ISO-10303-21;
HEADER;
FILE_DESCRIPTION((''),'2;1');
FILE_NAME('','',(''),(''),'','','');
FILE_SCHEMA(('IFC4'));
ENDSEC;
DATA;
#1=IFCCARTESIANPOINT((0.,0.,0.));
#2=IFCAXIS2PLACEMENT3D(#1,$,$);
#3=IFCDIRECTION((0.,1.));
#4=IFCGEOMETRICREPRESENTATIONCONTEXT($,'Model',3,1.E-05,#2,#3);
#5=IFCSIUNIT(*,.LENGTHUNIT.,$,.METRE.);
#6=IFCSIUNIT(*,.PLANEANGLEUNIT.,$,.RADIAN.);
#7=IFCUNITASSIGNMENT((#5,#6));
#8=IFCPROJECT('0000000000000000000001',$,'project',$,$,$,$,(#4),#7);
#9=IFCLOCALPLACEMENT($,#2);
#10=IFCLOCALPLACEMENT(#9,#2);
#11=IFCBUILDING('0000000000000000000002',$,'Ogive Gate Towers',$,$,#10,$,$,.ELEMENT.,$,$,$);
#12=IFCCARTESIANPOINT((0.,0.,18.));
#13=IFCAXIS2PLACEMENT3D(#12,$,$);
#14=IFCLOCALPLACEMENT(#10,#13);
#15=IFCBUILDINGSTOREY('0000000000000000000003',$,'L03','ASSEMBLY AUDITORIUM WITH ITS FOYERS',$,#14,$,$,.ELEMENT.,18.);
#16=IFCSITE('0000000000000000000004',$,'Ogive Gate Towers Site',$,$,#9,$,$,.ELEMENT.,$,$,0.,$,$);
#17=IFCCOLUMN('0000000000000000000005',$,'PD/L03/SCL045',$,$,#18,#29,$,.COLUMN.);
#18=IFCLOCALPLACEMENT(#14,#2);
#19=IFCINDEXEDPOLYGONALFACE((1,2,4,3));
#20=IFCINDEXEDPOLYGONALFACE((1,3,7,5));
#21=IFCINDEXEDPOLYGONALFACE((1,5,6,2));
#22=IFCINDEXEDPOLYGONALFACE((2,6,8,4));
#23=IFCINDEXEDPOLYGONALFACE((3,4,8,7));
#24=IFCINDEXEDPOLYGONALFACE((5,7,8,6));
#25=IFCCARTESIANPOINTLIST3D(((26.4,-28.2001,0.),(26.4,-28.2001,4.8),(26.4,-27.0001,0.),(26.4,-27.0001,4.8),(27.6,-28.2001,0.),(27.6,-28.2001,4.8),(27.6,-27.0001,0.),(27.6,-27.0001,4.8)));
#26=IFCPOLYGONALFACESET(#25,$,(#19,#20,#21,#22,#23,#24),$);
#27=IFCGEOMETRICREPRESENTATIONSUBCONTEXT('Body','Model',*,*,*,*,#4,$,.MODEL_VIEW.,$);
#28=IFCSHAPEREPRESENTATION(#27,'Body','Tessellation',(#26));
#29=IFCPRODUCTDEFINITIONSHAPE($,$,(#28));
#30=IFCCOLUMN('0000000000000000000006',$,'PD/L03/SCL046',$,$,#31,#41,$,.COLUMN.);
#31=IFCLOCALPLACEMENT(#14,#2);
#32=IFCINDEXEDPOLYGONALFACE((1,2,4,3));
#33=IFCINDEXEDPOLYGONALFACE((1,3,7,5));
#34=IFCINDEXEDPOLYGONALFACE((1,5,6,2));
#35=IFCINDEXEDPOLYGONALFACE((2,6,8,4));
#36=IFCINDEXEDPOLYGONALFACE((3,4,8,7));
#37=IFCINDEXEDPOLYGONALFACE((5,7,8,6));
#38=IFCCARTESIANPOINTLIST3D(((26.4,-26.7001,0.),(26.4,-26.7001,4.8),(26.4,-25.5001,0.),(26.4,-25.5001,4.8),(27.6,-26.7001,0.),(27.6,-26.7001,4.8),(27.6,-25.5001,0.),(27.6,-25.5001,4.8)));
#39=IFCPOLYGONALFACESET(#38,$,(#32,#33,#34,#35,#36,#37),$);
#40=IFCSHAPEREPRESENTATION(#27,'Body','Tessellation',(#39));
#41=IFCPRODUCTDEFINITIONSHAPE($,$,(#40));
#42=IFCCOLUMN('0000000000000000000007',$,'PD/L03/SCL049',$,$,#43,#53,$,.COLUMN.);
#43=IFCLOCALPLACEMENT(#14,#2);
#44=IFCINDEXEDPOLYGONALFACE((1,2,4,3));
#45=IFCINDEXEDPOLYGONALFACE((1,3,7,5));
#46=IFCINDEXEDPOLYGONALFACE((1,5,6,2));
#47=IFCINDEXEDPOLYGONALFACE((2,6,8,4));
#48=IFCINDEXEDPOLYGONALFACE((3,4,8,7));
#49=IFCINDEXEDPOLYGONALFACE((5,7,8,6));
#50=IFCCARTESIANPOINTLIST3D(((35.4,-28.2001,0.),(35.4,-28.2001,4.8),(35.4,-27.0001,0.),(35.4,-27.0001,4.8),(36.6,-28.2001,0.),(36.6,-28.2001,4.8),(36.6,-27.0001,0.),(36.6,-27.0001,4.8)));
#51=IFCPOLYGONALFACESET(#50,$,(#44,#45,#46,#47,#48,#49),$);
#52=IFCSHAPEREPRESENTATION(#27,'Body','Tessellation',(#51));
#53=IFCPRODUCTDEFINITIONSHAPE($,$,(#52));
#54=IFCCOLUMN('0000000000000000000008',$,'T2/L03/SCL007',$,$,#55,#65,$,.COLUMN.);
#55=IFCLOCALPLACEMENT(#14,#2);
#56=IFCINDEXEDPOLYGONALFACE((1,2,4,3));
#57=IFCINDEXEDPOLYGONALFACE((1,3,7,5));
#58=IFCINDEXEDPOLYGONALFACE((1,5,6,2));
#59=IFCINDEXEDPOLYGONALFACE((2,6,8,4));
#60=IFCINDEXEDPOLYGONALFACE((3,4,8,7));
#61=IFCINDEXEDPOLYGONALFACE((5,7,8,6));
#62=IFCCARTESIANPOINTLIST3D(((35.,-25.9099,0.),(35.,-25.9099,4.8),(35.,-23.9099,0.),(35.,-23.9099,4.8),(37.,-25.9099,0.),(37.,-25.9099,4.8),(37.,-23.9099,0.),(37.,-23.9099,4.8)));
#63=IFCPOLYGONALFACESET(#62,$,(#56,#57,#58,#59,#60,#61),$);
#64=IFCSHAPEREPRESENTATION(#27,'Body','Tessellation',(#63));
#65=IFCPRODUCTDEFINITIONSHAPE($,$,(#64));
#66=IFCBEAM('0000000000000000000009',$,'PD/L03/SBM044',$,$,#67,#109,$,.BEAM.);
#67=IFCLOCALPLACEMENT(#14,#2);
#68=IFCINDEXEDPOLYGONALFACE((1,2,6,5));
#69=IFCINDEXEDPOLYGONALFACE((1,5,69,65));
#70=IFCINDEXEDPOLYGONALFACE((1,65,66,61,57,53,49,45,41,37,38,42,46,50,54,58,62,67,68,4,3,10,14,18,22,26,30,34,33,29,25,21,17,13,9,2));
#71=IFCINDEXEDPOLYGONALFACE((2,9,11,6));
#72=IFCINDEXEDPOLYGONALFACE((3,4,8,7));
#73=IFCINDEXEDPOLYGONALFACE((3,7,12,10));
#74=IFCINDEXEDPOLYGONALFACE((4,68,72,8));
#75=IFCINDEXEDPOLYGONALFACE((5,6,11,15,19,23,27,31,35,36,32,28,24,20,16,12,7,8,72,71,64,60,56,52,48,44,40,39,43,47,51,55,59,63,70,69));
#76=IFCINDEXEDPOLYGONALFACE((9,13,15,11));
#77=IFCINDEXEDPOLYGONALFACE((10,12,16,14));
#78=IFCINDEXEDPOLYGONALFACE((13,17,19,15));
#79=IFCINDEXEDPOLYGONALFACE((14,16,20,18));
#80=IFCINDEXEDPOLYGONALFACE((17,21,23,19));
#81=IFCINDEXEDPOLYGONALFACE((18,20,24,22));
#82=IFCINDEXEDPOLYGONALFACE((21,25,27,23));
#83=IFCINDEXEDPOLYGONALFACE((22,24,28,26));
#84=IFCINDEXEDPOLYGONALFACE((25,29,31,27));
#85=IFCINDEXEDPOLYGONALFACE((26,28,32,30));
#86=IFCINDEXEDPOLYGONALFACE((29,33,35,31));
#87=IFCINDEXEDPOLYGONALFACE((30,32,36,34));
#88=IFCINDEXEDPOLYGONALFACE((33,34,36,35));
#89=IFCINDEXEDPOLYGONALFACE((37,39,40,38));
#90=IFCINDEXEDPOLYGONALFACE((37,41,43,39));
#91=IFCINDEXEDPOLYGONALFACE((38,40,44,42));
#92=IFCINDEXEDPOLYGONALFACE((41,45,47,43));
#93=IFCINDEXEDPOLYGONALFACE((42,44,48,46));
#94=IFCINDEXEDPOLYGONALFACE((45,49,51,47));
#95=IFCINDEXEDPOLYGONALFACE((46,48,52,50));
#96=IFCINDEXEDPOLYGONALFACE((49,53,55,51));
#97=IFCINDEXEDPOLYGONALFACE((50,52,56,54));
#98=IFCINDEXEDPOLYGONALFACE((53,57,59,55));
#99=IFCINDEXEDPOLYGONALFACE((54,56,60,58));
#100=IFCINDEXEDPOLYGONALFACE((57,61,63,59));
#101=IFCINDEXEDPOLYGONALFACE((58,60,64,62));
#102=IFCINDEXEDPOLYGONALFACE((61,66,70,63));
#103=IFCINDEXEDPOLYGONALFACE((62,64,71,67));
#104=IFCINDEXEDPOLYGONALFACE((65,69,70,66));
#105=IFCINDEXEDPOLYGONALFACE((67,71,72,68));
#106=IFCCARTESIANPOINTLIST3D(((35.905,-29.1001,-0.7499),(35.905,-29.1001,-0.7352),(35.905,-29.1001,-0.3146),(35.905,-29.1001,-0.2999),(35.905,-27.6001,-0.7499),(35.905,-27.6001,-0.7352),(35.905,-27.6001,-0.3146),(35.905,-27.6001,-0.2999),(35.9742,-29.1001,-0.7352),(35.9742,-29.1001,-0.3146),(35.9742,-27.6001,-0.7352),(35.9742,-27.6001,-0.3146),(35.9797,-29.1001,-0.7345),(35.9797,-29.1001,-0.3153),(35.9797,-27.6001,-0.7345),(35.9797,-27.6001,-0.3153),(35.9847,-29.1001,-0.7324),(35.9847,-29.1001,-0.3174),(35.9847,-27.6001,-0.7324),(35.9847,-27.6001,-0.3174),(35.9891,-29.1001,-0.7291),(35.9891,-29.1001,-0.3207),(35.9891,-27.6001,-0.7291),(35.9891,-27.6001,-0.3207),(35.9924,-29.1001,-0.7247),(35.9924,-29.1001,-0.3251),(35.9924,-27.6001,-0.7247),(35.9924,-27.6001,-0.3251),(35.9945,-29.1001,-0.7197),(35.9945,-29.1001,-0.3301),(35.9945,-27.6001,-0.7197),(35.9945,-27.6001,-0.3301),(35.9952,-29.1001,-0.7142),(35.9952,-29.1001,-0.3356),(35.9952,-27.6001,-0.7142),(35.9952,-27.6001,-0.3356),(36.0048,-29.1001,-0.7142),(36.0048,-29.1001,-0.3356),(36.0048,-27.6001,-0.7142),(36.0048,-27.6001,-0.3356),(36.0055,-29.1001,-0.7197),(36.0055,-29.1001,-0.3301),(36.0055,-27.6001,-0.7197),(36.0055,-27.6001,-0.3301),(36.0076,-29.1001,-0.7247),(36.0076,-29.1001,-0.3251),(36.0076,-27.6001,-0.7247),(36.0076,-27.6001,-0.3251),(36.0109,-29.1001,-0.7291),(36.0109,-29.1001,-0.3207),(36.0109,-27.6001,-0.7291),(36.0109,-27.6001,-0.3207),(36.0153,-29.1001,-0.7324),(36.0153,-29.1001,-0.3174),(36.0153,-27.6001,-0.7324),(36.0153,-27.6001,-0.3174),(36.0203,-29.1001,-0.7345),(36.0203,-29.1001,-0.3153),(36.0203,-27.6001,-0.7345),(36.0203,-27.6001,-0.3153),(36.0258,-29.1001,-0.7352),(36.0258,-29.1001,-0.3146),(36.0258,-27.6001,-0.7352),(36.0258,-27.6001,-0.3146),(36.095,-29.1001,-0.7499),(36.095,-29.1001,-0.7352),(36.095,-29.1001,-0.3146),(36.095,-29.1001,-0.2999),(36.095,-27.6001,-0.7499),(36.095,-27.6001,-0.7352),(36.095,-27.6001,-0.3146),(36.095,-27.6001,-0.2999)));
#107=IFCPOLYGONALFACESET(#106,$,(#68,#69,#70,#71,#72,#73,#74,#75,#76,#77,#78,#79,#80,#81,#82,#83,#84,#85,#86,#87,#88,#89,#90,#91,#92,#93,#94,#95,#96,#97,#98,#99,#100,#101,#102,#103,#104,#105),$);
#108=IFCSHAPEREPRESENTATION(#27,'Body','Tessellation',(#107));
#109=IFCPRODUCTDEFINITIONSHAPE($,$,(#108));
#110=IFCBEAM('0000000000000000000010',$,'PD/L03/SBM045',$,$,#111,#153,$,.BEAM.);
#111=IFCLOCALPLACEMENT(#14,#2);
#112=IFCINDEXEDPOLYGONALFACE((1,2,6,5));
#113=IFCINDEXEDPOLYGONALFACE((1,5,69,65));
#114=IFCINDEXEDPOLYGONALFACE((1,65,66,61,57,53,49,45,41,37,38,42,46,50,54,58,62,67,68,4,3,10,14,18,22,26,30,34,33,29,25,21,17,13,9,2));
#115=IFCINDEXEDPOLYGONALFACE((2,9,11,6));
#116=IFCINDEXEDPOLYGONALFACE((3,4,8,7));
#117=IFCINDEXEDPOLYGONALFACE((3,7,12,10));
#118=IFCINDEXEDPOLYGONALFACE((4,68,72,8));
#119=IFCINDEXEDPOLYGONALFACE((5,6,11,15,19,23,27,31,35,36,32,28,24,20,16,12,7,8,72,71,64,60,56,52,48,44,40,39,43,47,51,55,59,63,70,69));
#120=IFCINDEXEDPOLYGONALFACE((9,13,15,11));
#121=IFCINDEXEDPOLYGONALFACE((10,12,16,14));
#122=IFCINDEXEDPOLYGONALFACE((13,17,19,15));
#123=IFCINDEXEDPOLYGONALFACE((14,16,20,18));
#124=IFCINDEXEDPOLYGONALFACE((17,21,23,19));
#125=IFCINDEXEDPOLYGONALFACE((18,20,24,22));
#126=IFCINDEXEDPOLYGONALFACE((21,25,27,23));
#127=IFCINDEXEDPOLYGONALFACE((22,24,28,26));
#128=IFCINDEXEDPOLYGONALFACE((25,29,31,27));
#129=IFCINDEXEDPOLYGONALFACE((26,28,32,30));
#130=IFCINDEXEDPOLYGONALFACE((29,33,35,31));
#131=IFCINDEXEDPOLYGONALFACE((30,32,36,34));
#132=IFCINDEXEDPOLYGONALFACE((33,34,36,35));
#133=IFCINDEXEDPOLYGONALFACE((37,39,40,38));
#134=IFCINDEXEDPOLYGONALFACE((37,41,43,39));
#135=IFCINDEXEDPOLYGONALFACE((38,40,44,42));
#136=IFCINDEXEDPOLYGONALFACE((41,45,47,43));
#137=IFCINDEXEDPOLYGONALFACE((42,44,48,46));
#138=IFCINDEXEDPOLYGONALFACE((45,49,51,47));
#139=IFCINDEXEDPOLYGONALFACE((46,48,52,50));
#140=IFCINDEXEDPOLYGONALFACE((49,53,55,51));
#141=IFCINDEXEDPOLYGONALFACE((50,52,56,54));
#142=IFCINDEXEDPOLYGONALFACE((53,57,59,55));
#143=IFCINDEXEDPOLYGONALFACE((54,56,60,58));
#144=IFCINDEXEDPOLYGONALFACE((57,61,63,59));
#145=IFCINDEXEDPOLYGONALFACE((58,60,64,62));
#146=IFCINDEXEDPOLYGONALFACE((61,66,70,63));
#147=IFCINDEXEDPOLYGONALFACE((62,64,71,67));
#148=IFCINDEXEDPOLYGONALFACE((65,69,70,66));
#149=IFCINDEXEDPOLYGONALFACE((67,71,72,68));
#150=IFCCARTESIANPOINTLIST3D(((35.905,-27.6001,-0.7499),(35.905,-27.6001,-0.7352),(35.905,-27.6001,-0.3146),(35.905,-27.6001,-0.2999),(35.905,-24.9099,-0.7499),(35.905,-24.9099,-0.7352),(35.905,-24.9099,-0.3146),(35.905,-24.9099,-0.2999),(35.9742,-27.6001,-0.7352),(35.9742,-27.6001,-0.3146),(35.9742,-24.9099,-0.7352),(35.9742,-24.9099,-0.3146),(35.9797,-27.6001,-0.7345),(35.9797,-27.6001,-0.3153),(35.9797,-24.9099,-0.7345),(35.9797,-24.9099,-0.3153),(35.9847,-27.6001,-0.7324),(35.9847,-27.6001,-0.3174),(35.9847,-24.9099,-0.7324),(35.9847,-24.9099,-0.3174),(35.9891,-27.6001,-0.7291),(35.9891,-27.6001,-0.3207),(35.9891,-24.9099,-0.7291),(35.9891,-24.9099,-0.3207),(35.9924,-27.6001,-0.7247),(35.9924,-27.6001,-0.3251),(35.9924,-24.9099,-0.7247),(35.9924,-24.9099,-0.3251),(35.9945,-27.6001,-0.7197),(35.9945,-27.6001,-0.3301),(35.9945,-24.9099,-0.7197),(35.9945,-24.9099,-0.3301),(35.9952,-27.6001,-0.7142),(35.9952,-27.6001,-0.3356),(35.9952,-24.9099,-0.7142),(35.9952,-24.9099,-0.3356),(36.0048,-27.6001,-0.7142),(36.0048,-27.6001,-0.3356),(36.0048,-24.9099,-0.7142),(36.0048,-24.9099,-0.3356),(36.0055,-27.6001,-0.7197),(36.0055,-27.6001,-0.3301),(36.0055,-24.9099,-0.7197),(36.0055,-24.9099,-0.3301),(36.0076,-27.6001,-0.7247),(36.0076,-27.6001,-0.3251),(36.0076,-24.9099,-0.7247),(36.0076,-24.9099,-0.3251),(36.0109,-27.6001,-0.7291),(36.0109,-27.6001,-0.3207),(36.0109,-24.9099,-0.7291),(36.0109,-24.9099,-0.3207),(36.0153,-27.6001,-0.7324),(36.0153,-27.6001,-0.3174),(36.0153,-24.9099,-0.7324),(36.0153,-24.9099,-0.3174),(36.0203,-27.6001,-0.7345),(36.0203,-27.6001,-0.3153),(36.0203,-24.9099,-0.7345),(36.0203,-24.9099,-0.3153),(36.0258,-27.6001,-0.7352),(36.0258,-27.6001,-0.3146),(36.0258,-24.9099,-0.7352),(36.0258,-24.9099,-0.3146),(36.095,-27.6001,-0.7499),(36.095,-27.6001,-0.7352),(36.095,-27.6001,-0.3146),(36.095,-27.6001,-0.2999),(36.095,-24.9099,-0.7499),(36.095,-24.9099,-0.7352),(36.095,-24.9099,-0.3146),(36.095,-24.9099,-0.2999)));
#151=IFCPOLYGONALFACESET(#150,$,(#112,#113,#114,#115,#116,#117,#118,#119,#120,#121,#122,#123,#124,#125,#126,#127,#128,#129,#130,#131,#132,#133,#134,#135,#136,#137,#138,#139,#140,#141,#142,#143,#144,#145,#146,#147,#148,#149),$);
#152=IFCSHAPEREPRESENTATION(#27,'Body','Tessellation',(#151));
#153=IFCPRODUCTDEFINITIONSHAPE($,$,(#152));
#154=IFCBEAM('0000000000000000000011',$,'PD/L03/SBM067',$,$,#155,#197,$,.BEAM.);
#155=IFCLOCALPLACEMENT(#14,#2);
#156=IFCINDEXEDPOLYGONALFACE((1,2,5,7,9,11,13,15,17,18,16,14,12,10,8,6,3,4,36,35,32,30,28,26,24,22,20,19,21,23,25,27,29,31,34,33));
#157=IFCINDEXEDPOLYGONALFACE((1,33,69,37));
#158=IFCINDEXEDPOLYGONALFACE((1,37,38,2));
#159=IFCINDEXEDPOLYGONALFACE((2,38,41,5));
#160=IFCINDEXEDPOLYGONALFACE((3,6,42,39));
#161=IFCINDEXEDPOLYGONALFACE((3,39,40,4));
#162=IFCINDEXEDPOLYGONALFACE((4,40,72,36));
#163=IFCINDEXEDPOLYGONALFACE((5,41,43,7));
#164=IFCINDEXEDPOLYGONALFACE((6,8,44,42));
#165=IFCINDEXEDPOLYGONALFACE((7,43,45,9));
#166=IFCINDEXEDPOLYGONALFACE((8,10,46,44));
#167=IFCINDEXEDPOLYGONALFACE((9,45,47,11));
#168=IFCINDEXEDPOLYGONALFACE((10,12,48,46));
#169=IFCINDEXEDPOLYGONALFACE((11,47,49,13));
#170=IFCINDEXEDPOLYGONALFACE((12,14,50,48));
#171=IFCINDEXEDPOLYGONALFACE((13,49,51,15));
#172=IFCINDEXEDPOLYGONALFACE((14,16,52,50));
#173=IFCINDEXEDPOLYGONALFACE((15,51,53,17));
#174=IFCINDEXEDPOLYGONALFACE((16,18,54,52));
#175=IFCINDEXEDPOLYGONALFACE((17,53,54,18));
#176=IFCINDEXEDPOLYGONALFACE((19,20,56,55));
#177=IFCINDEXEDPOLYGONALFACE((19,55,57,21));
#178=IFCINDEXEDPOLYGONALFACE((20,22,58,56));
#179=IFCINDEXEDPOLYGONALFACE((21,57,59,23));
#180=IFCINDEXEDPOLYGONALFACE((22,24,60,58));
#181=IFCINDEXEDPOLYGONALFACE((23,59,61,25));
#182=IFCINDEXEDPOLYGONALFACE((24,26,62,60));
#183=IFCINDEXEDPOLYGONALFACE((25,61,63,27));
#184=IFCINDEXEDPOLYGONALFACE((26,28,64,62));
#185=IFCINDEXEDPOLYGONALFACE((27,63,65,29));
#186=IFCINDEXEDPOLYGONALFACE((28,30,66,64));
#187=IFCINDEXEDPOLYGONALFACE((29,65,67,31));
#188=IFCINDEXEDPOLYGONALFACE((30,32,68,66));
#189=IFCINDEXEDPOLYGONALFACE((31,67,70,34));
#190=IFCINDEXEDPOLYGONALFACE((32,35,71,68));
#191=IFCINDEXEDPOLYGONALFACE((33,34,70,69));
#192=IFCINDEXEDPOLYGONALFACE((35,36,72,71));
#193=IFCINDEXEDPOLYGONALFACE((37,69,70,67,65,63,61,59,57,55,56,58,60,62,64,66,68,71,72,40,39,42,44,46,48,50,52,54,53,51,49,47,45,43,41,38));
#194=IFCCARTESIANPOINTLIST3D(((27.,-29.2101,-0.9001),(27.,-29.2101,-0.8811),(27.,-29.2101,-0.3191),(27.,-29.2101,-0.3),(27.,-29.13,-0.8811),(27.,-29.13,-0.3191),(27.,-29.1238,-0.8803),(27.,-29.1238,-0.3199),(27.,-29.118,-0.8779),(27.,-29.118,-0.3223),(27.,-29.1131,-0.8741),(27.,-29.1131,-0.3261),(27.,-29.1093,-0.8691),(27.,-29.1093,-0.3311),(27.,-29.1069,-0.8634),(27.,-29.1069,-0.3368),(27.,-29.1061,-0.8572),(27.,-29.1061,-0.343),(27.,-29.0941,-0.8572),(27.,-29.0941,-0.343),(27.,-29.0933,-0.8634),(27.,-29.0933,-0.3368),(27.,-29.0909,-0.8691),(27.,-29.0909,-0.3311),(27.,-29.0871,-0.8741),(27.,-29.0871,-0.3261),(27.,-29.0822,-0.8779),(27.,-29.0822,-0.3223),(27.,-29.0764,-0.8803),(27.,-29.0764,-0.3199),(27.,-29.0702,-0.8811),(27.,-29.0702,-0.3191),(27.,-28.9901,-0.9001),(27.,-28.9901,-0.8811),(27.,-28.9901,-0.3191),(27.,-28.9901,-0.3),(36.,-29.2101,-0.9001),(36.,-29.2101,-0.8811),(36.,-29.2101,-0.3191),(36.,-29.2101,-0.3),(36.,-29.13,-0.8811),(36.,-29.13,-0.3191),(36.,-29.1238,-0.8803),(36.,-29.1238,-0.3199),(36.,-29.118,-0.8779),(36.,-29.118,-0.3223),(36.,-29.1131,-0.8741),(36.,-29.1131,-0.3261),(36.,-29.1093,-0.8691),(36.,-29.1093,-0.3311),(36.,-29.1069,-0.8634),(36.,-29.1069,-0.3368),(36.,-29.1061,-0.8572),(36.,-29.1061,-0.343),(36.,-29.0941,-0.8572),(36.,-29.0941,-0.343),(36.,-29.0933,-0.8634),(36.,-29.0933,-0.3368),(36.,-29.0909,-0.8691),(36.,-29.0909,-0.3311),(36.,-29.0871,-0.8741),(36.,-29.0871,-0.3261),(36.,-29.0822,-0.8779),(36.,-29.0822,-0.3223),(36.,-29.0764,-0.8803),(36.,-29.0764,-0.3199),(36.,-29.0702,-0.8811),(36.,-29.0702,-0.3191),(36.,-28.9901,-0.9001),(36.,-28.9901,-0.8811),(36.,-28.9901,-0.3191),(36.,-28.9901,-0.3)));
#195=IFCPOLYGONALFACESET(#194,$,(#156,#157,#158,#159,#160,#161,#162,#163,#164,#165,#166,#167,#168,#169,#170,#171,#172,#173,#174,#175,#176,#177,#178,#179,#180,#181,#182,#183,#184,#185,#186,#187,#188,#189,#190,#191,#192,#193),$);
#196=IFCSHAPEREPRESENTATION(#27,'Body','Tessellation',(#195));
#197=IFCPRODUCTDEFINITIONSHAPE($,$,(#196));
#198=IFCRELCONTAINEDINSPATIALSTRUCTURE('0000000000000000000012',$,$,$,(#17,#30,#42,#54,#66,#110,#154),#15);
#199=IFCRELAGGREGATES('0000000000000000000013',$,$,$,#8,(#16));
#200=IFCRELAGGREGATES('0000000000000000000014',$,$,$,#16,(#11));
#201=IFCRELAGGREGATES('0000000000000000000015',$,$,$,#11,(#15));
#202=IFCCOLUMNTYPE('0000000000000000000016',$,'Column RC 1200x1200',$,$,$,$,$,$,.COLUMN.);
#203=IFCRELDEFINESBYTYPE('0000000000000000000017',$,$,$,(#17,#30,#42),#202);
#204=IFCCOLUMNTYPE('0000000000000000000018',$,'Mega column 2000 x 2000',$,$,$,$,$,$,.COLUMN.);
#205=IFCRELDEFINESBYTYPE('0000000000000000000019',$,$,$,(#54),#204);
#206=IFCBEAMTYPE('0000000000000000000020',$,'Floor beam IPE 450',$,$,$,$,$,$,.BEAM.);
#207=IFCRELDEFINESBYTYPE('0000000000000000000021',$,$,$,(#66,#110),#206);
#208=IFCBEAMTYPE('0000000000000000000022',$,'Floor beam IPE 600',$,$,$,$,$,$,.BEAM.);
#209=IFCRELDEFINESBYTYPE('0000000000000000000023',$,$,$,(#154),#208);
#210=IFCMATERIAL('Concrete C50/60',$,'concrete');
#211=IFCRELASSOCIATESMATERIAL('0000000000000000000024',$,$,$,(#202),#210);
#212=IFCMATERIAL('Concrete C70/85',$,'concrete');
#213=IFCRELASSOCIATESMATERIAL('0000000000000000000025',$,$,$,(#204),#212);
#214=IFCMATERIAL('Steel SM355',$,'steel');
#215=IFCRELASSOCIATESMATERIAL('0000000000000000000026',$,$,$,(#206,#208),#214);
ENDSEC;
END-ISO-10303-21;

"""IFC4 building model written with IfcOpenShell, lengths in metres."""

from ifc_helpers import new_model, si_unit, direction, frame, origin, origin_2d, place, context, subcontext, project, spatial, rectangle, i_section, extrude, material, material_profile, profile_set, type_object, element, save


model = new_model("IFC4")

# Units and contexts
model_context = context("Model", 3, precision=1e-05, world=origin(), true_north=direction((0.0, 1.0)))
body_context = subcontext(model_context, "Body", "Model", "MODEL_VIEW")
ifc_project = project(units=[si_unit("LENGTHUNIT", "METRE"), si_unit("PLANEANGLEUNIT", "RADIAN")], contexts=[model_context])

# Site, building, storey
site_placement = place(None, origin())
site = spatial("IfcSite", under=ifc_project, at=site_placement, Name="Ogive Gate Towers Site", CompositionType="ELEMENT", RefElevation=0.0)
building_placement = place(site_placement, origin())
building = spatial("IfcBuilding", under=site, at=building_placement, Name="Ogive Gate Towers", CompositionType="ELEMENT")
storey_placement = place(building_placement, frame((0.0, 0.0, 18.0)))
storey = spatial("IfcBuildingStorey", under=building, at=storey_placement, Name="L03", Description="ASSEMBLY AUDITORIUM WITH ITS FOYERS", CompositionType="ELEMENT", Elevation=18.0)

# Columns
ifc_material_1 = material(Name="Concrete C50/60", Category="concrete")
ifc_material_profile_1 = material_profile(ifc_material_1, rectangle(XDim=1.2, YDim=1.2, at=origin_2d()), Name="RC 1200x1200")
ifc_profile_set_1 = profile_set([ifc_material_profile_1], Name="Concrete C50/60")
column_type_1 = type_object("IfcColumnType", Name="Column RC 1200x1200", PredefinedType="COLUMN", material=ifc_profile_set_1)
for number, where, z_axis, x_axis, name in (
    (1, (27.0, -27.6001, 0.0), (0.0, 0.0, 1.0), (1.0, 0.0, 0.0), "PD/L03/SCL045"),
    (2, (27.0, -26.1001, 0.0), (0.0, 0.0, 1.0), (1.0, 0.0, 0.0), "PD/L03/SCL046"),
    (3, (36.0, -27.6001, 0.0), (0.0, 0.0, 1.0), (1.0, 0.0, 0.0), "PD/L03/SCL049"),
):
    element("IfcColumn", number, at=place(storey_placement, frame(where, z_axis=z_axis, x_axis=x_axis)), inside=storey, type_object=column_type_1, Name=name, PredefinedType="COLUMN", context=body_context, shape_type="SweptSolid", body=[
        extrude(rectangle(XDim=1.2, YDim=1.2, at=origin_2d()), origin(), (0.0, 0.0, 1.0), 4.8),
    ])
ifc_material_2 = material(Name="Concrete C70/85", Category="concrete")
ifc_material_profile_2 = material_profile(ifc_material_2, rectangle(XDim=2.0, YDim=2.0, at=origin_2d()), Name="RC 2000x2000")
ifc_profile_set_2 = profile_set([ifc_material_profile_2], Name="Concrete C70/85")
column_type_2 = type_object("IfcColumnType", Name="Mega column 2000 x 2000", PredefinedType="COLUMN", material=ifc_profile_set_2)
column_placement = place(storey_placement, frame((36.0, -24.9099, 0.0), z_axis=(0.0, 0.0, 1.0), x_axis=(0.0, -1.0, 0.0)))
element("IfcColumn", 4, at=column_placement, inside=storey, type_object=column_type_2, Name="T2/L03/SCL007", PredefinedType="COLUMN", context=body_context, shape_type="SweptSolid", body=[
    extrude(rectangle(XDim=2.0, YDim=2.0, at=origin_2d()), origin(), (0.0, 0.0, 1.0), 4.8),
])

# Beams
ifc_material_3 = material(Name="Steel SM355", Category="steel")
ifc_material_profile_3 = material_profile(ifc_material_3, i_section(OverallWidth=0.1899, OverallDepth=0.45, WebThickness=0.0095, FlangeThickness=0.0146, FilletRadius=0.021, at=origin_2d()), Name="IPE 450")
ifc_profile_set_3 = profile_set([ifc_material_profile_3], Name="Steel SM355")
beam_type_1 = type_object("IfcBeamType", Name="Floor beam IPE 450", PredefinedType="BEAM", material=ifc_profile_set_3)
beam_1_placement = place(storey_placement, frame((36.0, -29.1001, -0.5249), z_axis=(0.0, 1.0, 0.0), x_axis=(-1.0, 0.0, 0.0)))
element("IfcBeam", 5, at=beam_1_placement, inside=storey, type_object=beam_type_1, Name="PD/L03/SBM044", PredefinedType="BEAM", context=body_context, shape_type="SweptSolid", body=[
    extrude(i_section(OverallWidth=0.1899, OverallDepth=0.45, WebThickness=0.0095, FlangeThickness=0.0146, FilletRadius=0.021, at=origin_2d()), origin(), (0.0, 0.0, 1.0), 1.5),
])
beam_2_placement = place(storey_placement, frame((36.0, -27.6001, -0.5249), z_axis=(0.0, 1.0, 0.0), x_axis=(-1.0, 0.0, 0.0)))
element("IfcBeam", 6, at=beam_2_placement, inside=storey, type_object=beam_type_1, Name="PD/L03/SBM045", PredefinedType="BEAM", context=body_context, shape_type="SweptSolid", body=[
    extrude(i_section(OverallWidth=0.1899, OverallDepth=0.45, WebThickness=0.0095, FlangeThickness=0.0146, FilletRadius=0.021, at=origin_2d()), origin(), (0.0, 0.0, 1.0), 2.6902),
])
ifc_material_profile_4 = material_profile(ifc_material_3, i_section(OverallWidth=0.22, OverallDepth=0.6001, WebThickness=0.012, FlangeThickness=0.019, FilletRadius=0.0239, at=origin_2d()), Name="IPE 600")
ifc_profile_set_4 = profile_set([ifc_material_profile_4], Name="Steel SM355")
beam_type_2 = type_object("IfcBeamType", Name="Floor beam IPE 600", PredefinedType="BEAM", material=ifc_profile_set_4)
for number, where, z_axis, x_axis, name in (
    (7, (36.0, -29.1001, -0.6001), (-1.0, 0.0, 0.0), (0.0, -1.0, 0.0), "PD/L03/SBM067"),
):
    element("IfcBeam", number, at=place(storey_placement, frame(where, z_axis=z_axis, x_axis=x_axis)), inside=storey, type_object=beam_type_2, Name=name, PredefinedType="BEAM", context=body_context, shape_type="SweptSolid", body=[
        extrude(i_section(OverallWidth=0.22, OverallDepth=0.6001, WebThickness=0.012, FlangeThickness=0.019, FilletRadius=0.0239, at=origin_2d()), origin(), (0.0, 0.0, 1.0), 9.0),
    ])

save(model, "model.ifc")
